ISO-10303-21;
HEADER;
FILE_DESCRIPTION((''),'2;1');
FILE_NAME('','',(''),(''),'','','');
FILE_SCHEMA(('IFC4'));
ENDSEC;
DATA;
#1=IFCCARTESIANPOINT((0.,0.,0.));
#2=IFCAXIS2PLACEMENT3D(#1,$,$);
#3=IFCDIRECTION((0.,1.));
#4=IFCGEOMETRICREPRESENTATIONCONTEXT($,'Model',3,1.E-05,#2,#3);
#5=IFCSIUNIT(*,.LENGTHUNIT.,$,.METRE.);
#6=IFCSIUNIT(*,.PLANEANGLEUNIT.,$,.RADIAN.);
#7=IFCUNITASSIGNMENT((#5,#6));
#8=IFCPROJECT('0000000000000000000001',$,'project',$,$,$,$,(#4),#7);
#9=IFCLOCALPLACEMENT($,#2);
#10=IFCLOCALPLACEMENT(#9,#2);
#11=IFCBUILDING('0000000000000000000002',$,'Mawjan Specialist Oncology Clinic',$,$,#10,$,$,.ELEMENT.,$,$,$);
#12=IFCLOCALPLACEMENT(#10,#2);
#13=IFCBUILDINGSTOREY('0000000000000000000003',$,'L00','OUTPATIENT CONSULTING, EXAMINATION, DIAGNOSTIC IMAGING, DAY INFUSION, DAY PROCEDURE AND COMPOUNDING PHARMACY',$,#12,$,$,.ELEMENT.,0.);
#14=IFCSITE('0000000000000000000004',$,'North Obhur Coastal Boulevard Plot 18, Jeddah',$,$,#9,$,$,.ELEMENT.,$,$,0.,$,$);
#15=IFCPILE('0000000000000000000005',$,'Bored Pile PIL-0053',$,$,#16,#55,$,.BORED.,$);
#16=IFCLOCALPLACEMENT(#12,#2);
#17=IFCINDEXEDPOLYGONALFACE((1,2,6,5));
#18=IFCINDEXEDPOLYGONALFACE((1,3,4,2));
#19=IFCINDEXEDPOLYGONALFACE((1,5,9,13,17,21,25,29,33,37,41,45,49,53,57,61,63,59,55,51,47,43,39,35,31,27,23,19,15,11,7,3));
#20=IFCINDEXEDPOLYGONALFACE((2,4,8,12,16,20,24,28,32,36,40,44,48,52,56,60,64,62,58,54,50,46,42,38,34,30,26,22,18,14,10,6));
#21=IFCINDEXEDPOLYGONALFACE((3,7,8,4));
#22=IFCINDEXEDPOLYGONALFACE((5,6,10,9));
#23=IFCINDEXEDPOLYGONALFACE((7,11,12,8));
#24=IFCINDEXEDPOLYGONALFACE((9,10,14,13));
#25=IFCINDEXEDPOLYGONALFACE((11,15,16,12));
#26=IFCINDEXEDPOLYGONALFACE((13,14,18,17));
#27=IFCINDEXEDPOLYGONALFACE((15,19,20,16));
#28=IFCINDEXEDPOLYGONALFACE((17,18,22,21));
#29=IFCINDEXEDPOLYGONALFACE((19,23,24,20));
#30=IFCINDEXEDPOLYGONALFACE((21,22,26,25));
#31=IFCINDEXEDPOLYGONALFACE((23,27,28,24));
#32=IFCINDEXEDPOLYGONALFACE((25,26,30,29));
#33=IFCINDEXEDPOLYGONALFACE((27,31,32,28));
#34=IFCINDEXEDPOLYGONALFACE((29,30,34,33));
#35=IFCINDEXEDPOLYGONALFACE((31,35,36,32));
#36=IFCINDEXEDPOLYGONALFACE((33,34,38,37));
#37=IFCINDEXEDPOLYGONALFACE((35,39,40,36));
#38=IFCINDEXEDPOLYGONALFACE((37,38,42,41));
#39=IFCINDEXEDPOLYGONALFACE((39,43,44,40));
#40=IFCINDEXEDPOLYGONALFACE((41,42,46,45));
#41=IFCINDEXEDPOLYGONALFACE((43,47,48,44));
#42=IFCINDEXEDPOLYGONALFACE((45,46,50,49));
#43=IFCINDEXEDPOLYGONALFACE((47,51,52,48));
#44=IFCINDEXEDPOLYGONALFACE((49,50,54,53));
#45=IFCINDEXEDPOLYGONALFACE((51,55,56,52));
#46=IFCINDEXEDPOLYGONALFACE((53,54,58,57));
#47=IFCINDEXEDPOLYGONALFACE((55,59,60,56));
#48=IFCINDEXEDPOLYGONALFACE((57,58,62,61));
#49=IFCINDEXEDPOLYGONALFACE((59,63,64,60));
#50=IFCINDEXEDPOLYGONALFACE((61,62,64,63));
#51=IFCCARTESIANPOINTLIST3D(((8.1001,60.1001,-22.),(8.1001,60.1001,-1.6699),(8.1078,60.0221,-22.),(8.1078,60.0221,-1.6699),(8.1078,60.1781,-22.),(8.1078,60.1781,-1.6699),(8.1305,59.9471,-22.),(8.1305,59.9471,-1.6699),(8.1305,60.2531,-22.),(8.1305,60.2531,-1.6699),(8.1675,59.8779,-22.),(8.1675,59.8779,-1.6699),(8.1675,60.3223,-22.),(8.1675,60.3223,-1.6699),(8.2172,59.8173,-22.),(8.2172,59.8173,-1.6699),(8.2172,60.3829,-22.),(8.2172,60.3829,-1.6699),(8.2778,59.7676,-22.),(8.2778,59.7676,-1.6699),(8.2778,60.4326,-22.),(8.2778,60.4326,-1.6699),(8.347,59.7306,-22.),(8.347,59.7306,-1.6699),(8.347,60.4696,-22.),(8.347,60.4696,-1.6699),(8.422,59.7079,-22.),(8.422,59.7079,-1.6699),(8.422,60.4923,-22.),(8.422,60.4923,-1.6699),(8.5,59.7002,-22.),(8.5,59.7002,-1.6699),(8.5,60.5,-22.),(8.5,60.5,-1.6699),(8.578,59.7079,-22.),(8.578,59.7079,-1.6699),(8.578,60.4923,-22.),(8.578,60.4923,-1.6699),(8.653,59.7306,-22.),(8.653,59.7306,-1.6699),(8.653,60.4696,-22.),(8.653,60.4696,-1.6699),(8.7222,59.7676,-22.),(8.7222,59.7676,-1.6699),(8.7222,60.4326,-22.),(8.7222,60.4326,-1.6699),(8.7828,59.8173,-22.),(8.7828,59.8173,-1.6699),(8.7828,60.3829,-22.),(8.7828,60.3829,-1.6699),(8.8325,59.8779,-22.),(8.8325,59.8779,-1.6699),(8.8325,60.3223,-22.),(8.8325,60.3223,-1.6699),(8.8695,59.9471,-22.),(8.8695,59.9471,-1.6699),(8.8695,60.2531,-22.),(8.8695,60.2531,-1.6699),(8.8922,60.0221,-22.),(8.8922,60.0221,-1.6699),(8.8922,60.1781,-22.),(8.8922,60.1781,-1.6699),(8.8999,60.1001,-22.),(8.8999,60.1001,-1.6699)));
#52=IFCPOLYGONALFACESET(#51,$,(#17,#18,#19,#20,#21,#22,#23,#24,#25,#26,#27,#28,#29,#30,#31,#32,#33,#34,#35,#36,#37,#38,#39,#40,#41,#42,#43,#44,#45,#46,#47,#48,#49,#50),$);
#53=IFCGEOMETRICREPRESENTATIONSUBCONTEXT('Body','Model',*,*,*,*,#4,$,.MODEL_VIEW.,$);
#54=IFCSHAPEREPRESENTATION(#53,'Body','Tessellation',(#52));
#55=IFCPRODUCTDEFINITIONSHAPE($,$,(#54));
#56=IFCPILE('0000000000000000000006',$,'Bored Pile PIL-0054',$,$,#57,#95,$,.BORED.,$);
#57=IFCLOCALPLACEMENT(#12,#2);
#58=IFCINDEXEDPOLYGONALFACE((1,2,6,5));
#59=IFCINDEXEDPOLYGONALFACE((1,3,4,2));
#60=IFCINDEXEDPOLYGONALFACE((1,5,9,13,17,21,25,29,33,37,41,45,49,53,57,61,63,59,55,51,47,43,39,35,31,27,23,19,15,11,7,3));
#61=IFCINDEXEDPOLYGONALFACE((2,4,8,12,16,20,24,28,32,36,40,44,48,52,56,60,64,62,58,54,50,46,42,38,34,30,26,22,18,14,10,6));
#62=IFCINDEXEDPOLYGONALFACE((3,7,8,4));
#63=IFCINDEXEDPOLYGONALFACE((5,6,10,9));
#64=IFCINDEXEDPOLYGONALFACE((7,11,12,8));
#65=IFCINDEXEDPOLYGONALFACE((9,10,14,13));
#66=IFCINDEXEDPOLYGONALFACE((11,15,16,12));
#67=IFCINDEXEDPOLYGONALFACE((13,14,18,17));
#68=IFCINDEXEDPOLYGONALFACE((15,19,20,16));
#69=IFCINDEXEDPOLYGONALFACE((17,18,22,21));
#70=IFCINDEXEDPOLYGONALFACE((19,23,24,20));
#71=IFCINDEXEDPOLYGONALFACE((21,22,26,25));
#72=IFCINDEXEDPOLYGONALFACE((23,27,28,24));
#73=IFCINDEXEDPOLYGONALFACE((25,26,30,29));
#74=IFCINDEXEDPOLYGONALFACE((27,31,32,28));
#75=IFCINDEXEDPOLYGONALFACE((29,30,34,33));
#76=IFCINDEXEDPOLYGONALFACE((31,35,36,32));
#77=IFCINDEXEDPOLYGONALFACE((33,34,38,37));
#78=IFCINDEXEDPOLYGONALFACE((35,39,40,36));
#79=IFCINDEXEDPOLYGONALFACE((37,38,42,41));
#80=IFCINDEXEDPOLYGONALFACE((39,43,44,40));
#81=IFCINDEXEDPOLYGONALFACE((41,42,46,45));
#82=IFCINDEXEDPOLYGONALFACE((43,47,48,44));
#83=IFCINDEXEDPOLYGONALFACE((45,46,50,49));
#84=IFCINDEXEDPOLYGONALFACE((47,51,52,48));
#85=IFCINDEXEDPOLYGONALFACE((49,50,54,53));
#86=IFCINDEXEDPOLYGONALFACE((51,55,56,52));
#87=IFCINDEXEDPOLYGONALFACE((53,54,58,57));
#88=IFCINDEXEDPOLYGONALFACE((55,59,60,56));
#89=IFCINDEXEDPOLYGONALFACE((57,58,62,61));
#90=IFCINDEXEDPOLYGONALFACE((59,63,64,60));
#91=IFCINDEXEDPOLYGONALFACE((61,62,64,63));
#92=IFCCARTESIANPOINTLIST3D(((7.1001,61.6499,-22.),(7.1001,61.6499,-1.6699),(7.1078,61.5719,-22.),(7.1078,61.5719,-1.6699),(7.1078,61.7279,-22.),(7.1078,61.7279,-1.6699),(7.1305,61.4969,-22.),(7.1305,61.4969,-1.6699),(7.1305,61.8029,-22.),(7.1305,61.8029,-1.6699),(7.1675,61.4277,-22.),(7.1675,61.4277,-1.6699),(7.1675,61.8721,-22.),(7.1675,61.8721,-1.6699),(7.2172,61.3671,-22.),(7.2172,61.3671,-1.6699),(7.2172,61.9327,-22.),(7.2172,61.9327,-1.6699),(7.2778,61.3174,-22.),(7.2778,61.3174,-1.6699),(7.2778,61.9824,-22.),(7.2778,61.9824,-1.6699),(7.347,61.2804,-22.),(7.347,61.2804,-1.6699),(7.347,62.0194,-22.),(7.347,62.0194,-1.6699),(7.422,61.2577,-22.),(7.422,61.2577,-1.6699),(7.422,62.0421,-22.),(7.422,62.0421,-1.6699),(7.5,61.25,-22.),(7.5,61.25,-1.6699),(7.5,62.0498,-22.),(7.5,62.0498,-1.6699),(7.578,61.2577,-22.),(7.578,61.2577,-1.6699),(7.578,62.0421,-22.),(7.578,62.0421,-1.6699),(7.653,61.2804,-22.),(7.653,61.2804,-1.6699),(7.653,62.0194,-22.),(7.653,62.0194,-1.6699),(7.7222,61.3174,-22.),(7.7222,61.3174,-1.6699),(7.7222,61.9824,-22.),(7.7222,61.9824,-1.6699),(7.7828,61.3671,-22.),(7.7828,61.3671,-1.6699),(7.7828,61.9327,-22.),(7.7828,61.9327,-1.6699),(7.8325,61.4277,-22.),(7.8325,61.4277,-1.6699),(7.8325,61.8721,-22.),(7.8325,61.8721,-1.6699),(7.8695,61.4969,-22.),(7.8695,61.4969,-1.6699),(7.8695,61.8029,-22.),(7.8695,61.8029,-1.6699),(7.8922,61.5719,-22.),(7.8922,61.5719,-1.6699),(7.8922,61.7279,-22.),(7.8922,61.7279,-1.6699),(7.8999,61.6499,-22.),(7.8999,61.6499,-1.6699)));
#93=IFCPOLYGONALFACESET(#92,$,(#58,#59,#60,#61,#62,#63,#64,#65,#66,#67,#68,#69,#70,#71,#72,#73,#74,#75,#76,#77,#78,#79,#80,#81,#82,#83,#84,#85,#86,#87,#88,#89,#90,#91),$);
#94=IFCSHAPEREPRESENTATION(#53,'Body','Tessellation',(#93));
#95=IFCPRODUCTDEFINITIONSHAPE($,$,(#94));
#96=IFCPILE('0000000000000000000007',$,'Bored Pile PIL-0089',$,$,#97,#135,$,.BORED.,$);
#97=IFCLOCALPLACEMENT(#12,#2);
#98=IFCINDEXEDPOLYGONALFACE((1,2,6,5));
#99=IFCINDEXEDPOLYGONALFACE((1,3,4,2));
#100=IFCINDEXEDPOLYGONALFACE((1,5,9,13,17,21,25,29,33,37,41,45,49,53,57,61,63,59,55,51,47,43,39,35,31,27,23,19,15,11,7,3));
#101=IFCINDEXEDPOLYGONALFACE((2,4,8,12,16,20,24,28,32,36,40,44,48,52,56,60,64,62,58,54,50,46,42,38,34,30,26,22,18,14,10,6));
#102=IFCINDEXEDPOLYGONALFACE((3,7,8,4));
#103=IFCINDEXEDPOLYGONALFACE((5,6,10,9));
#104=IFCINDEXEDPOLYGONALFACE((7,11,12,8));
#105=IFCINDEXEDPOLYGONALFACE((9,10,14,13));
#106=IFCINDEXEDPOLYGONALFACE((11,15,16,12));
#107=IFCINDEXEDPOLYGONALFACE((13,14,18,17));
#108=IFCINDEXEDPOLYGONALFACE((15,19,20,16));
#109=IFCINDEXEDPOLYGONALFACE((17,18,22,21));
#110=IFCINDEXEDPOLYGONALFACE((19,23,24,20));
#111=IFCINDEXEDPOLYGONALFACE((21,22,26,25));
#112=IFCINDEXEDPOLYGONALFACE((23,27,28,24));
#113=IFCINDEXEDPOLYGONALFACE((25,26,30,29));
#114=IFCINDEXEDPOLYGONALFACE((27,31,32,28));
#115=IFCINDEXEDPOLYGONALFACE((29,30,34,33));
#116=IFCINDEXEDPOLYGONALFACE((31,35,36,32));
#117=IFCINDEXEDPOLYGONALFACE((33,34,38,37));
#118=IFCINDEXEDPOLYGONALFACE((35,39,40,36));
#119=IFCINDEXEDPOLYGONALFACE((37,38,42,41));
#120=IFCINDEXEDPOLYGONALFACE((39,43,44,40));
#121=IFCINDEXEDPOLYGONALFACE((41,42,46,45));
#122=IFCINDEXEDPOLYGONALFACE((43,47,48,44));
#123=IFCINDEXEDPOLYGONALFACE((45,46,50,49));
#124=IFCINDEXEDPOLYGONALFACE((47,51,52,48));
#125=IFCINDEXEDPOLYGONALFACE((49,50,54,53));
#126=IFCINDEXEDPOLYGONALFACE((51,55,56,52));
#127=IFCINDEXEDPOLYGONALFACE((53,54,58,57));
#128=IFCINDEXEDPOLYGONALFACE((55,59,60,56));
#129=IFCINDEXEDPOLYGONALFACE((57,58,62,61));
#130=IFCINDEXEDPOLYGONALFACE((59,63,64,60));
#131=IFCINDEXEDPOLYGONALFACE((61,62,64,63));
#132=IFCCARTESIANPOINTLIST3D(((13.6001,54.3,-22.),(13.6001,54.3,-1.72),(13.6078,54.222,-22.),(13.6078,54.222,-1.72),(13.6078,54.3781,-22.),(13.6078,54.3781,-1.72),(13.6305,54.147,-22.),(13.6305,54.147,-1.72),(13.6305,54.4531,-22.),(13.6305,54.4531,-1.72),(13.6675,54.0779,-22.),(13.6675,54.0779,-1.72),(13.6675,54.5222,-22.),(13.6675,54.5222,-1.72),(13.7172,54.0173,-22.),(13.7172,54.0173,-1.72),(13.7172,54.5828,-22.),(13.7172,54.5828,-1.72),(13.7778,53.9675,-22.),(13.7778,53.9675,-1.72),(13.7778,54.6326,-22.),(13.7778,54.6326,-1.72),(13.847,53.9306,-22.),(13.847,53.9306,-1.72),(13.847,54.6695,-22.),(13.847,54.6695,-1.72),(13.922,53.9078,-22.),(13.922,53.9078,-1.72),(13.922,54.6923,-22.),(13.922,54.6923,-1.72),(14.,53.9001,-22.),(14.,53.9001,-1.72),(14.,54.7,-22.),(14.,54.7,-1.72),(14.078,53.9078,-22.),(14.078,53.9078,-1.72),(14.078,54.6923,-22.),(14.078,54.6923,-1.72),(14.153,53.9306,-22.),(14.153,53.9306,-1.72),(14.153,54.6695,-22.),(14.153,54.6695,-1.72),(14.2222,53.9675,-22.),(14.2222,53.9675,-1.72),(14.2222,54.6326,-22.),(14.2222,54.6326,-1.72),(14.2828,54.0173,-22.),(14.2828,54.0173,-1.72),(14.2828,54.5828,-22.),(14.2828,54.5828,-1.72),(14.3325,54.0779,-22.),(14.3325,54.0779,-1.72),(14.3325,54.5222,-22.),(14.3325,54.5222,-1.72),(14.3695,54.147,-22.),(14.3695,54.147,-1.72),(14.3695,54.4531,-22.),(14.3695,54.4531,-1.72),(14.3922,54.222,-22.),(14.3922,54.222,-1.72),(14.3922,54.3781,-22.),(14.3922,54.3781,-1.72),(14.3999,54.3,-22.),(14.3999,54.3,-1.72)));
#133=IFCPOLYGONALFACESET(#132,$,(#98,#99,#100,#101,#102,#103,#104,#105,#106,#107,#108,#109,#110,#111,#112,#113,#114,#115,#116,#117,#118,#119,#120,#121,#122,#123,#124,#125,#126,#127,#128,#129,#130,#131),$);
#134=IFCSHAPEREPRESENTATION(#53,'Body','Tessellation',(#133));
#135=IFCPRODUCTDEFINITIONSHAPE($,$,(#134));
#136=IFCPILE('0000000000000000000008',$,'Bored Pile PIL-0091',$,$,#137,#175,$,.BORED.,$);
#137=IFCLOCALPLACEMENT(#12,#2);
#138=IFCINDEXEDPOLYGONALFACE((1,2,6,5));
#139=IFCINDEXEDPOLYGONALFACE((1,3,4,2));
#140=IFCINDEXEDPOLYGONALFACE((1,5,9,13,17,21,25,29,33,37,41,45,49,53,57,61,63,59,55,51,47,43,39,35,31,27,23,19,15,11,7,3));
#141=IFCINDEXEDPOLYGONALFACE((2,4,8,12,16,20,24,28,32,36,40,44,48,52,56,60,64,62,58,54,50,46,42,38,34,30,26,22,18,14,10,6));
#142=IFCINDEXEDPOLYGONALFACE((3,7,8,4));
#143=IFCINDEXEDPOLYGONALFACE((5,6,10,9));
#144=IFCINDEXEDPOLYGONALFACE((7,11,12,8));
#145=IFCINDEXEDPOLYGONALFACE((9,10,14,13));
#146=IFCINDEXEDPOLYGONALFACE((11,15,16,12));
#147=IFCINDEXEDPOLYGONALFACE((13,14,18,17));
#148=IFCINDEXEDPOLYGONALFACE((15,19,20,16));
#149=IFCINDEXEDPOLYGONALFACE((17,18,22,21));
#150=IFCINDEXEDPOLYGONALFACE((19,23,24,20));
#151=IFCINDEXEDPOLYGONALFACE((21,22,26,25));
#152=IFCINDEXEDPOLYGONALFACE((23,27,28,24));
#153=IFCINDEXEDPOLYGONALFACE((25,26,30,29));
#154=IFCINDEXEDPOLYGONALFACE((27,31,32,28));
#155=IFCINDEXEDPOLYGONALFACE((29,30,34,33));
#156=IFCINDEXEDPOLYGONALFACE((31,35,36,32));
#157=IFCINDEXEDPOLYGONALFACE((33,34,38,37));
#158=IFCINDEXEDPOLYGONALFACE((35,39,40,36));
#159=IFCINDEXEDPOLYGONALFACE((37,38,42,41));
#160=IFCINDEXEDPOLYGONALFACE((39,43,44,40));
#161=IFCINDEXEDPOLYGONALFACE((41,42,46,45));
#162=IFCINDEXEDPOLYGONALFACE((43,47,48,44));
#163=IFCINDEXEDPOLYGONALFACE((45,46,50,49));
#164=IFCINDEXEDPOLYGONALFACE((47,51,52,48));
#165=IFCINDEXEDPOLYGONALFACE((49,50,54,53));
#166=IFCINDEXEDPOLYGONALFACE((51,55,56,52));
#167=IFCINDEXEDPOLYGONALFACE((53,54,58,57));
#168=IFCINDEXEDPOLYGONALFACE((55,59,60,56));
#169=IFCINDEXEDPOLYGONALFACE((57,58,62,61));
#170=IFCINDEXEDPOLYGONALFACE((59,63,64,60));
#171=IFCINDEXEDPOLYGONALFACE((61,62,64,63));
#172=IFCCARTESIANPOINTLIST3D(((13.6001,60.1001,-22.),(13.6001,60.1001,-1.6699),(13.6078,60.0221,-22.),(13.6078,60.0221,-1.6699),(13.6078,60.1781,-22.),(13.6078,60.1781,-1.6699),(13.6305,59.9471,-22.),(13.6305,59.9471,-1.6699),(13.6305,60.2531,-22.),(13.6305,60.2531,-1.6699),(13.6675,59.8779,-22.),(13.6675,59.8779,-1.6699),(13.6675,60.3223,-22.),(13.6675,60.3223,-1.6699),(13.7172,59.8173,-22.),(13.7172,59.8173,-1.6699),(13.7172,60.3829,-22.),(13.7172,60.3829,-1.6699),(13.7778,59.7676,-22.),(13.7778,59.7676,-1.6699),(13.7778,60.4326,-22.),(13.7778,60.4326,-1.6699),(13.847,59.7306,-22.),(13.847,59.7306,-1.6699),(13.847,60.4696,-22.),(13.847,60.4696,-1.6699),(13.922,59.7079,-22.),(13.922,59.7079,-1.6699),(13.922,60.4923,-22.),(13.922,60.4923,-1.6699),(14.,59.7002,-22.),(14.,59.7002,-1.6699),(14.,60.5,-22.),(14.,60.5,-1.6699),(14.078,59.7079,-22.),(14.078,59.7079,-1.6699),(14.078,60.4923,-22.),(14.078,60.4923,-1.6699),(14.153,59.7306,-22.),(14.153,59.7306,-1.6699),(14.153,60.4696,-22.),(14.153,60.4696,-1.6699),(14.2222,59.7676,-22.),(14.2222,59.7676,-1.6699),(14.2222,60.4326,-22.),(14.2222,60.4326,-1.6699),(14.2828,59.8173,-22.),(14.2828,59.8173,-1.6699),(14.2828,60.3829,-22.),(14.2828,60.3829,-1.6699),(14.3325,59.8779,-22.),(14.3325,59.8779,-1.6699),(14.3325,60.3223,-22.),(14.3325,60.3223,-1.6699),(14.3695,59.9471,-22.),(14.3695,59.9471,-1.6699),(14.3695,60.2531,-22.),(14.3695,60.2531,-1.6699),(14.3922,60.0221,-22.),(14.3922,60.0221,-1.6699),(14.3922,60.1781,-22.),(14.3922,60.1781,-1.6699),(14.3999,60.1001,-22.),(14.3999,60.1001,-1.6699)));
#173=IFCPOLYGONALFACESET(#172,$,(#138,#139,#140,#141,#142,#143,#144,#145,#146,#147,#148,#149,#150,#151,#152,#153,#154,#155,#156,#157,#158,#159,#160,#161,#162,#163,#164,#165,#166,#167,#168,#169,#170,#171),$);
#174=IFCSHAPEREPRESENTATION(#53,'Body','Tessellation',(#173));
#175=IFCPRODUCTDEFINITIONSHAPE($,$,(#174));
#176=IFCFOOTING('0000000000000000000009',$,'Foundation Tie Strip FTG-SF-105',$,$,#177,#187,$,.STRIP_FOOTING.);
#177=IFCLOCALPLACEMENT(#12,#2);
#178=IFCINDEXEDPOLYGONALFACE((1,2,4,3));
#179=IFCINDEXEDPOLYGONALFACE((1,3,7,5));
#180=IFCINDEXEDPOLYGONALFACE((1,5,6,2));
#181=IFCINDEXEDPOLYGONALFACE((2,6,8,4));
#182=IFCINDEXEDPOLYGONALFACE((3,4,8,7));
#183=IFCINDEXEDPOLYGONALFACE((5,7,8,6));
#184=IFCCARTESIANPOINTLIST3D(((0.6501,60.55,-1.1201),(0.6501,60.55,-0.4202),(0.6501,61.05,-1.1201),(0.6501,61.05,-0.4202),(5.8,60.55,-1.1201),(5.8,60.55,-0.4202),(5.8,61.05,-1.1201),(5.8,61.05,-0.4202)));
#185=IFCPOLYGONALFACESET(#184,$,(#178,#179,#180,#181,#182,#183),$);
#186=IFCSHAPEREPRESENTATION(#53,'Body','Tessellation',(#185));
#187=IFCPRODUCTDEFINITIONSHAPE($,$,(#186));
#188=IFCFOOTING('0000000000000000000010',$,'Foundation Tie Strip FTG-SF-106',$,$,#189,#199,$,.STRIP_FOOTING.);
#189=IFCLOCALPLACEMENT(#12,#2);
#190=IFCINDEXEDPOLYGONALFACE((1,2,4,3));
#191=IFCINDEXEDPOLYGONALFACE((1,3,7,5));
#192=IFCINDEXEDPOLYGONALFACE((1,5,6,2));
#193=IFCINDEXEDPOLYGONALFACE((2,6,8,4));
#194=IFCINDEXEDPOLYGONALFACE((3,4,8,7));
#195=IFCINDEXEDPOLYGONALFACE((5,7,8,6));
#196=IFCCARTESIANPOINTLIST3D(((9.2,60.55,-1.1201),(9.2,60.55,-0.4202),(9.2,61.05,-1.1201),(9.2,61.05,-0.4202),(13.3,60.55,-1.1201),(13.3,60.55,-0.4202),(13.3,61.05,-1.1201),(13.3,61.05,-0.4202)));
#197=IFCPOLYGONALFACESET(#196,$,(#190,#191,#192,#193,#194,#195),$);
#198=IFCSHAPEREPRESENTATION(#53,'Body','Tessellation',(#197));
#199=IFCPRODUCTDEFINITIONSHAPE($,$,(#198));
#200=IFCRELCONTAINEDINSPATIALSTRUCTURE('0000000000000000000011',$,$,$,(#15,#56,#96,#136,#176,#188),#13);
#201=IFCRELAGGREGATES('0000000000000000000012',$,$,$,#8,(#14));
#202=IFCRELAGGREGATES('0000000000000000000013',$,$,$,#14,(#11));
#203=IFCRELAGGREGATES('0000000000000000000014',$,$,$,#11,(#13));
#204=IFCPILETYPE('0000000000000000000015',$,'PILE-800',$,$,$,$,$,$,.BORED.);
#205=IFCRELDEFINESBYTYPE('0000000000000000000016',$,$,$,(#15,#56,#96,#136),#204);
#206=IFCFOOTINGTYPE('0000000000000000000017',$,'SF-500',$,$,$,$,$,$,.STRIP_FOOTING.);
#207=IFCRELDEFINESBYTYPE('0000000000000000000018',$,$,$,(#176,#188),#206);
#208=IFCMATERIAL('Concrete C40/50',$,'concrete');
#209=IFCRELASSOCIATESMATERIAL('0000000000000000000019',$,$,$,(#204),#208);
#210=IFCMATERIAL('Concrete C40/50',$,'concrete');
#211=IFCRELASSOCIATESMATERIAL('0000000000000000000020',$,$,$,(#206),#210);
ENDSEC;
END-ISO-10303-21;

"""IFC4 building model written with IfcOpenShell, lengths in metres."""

from ifc_helpers import new_model, si_unit, direction, frame, origin, origin_2d, place, context, subcontext, project, spatial, rectangle, circle, extrude, material, material_profile, profile_set, type_object, element, save


model = new_model("IFC4")

# Units and contexts
model_context = context("Model", 3, precision=1e-05, world=origin(), true_north=direction((0.0, 1.0)))
body_context = subcontext(model_context, "Body", "Model", "MODEL_VIEW")
ifc_project = project(units=[si_unit("LENGTHUNIT", "METRE"), si_unit("PLANEANGLEUNIT", "RADIAN")], contexts=[model_context])

# Site, building, storey
site_placement = place(None, origin())
site = spatial("IfcSite", under=ifc_project, at=site_placement, Name="North Obhur Coastal Boulevard Plot 18, Jeddah", CompositionType="ELEMENT", RefElevation=0.0)
building_placement = place(site_placement, origin())
building = spatial("IfcBuilding", under=site, at=building_placement, Name="Mawjan Specialist Oncology Clinic", CompositionType="ELEMENT")
storey_placement = place(building_placement, origin())
storey = spatial("IfcBuildingStorey", under=building, at=storey_placement, Name="L00", Description="OUTPATIENT CONSULTING, EXAMINATION, DIAGNOSTIC IMAGING, DAY INFUSION, DAY PROCEDURE AND COMPOUNDING PHARMACY", CompositionType="ELEMENT", Elevation=0.0)

# Piles
ifc_material_1 = material(Name="Concrete C40/50", Category="concrete")
ifc_material_profile_1 = material_profile(ifc_material_1, circle(Radius=0.3999, at=origin_2d()), Name="BORED PILE D800", Category="concrete")
ifc_profile_set_1 = profile_set([ifc_material_profile_1], Name="Concrete C40/50")
pile_type_1 = type_object("IfcPileType", Name="PILE-800", PredefinedType="BORED", material=ifc_profile_set_1)
for number, where, z_axis, x_axis, name in (
    (1, (8.5, 60.1001, -1.6699), (0.0, 0.0, -1.0), (1.0, 0.0, 0.0), "Bored Pile PIL-0053"),
    (2, (7.5, 61.6499, -1.6699), (0.0, 0.0, -1.0), (1.0, 0.0, 0.0), "Bored Pile PIL-0054"),
):
    element("IfcPile", number, at=place(storey_placement, frame(where, z_axis=z_axis, x_axis=x_axis)), inside=storey, type_object=pile_type_1, Name=name, PredefinedType="BORED", context=body_context, shape_type="SweptSolid", body=[
        extrude(circle(Radius=0.3999, at=origin_2d()), origin(), (0.0, 0.0, 1.0), 20.3301),
    ])
pile_1_placement = place(storey_placement, frame((14.0, 54.3, -1.72), z_axis=(0.0, 0.0, -1.0), x_axis=(1.0, 0.0, 0.0)))
element("IfcPile", 3, at=pile_1_placement, inside=storey, type_object=pile_type_1, Name="Bored Pile PIL-0089", PredefinedType="BORED", context=body_context, shape_type="SweptSolid", body=[
    extrude(circle(Radius=0.3999, at=origin_2d()), origin(), (0.0, 0.0, 1.0), 20.28),
])
pile_2_placement = place(storey_placement, frame((14.0, 60.1001, -1.6699), z_axis=(0.0, 0.0, -1.0), x_axis=(1.0, 0.0, 0.0)))
element("IfcPile", 4, at=pile_2_placement, inside=storey, type_object=pile_type_1, Name="Bored Pile PIL-0091", PredefinedType="BORED", context=body_context, shape_type="SweptSolid", body=[
    extrude(circle(Radius=0.3999, at=origin_2d()), origin(), (0.0, 0.0, 1.0), 20.3301),
])

# Footings
ifc_material_2 = material(Name="Concrete C40/50", Category="concrete")
footing_type_1 = type_object("IfcFootingType", Name="SF-500", PredefinedType="STRIP_FOOTING", material=ifc_material_2)
footing_1_placement = place(storey_placement, frame((3.2251, 60.8, -1.1201), z_axis=(0.0, 0.0, 1.0), x_axis=(1.0, 0.0, 0.0)))
element("IfcFooting", 5, at=footing_1_placement, inside=storey, type_object=footing_type_1, Name="Foundation Tie Strip FTG-SF-105", PredefinedType="STRIP_FOOTING", context=body_context, shape_type="SweptSolid", body=[
    extrude(rectangle(XDim=5.1499, YDim=0.5, at=origin_2d()), origin(), (0.0, 0.0, 1.0), 0.7),
])
footing_2_placement = place(storey_placement, frame((11.25, 60.8, -1.1201), z_axis=(0.0, 0.0, 1.0), x_axis=(1.0, 0.0, 0.0)))
element("IfcFooting", 6, at=footing_2_placement, inside=storey, type_object=footing_type_1, Name="Foundation Tie Strip FTG-SF-106", PredefinedType="STRIP_FOOTING", context=body_context, shape_type="SweptSolid", body=[
    extrude(rectangle(XDim=4.1001, YDim=0.5, at=origin_2d()), origin(), (0.0, 0.0, 1.0), 0.7),
])

save(model, "model.ifc")
